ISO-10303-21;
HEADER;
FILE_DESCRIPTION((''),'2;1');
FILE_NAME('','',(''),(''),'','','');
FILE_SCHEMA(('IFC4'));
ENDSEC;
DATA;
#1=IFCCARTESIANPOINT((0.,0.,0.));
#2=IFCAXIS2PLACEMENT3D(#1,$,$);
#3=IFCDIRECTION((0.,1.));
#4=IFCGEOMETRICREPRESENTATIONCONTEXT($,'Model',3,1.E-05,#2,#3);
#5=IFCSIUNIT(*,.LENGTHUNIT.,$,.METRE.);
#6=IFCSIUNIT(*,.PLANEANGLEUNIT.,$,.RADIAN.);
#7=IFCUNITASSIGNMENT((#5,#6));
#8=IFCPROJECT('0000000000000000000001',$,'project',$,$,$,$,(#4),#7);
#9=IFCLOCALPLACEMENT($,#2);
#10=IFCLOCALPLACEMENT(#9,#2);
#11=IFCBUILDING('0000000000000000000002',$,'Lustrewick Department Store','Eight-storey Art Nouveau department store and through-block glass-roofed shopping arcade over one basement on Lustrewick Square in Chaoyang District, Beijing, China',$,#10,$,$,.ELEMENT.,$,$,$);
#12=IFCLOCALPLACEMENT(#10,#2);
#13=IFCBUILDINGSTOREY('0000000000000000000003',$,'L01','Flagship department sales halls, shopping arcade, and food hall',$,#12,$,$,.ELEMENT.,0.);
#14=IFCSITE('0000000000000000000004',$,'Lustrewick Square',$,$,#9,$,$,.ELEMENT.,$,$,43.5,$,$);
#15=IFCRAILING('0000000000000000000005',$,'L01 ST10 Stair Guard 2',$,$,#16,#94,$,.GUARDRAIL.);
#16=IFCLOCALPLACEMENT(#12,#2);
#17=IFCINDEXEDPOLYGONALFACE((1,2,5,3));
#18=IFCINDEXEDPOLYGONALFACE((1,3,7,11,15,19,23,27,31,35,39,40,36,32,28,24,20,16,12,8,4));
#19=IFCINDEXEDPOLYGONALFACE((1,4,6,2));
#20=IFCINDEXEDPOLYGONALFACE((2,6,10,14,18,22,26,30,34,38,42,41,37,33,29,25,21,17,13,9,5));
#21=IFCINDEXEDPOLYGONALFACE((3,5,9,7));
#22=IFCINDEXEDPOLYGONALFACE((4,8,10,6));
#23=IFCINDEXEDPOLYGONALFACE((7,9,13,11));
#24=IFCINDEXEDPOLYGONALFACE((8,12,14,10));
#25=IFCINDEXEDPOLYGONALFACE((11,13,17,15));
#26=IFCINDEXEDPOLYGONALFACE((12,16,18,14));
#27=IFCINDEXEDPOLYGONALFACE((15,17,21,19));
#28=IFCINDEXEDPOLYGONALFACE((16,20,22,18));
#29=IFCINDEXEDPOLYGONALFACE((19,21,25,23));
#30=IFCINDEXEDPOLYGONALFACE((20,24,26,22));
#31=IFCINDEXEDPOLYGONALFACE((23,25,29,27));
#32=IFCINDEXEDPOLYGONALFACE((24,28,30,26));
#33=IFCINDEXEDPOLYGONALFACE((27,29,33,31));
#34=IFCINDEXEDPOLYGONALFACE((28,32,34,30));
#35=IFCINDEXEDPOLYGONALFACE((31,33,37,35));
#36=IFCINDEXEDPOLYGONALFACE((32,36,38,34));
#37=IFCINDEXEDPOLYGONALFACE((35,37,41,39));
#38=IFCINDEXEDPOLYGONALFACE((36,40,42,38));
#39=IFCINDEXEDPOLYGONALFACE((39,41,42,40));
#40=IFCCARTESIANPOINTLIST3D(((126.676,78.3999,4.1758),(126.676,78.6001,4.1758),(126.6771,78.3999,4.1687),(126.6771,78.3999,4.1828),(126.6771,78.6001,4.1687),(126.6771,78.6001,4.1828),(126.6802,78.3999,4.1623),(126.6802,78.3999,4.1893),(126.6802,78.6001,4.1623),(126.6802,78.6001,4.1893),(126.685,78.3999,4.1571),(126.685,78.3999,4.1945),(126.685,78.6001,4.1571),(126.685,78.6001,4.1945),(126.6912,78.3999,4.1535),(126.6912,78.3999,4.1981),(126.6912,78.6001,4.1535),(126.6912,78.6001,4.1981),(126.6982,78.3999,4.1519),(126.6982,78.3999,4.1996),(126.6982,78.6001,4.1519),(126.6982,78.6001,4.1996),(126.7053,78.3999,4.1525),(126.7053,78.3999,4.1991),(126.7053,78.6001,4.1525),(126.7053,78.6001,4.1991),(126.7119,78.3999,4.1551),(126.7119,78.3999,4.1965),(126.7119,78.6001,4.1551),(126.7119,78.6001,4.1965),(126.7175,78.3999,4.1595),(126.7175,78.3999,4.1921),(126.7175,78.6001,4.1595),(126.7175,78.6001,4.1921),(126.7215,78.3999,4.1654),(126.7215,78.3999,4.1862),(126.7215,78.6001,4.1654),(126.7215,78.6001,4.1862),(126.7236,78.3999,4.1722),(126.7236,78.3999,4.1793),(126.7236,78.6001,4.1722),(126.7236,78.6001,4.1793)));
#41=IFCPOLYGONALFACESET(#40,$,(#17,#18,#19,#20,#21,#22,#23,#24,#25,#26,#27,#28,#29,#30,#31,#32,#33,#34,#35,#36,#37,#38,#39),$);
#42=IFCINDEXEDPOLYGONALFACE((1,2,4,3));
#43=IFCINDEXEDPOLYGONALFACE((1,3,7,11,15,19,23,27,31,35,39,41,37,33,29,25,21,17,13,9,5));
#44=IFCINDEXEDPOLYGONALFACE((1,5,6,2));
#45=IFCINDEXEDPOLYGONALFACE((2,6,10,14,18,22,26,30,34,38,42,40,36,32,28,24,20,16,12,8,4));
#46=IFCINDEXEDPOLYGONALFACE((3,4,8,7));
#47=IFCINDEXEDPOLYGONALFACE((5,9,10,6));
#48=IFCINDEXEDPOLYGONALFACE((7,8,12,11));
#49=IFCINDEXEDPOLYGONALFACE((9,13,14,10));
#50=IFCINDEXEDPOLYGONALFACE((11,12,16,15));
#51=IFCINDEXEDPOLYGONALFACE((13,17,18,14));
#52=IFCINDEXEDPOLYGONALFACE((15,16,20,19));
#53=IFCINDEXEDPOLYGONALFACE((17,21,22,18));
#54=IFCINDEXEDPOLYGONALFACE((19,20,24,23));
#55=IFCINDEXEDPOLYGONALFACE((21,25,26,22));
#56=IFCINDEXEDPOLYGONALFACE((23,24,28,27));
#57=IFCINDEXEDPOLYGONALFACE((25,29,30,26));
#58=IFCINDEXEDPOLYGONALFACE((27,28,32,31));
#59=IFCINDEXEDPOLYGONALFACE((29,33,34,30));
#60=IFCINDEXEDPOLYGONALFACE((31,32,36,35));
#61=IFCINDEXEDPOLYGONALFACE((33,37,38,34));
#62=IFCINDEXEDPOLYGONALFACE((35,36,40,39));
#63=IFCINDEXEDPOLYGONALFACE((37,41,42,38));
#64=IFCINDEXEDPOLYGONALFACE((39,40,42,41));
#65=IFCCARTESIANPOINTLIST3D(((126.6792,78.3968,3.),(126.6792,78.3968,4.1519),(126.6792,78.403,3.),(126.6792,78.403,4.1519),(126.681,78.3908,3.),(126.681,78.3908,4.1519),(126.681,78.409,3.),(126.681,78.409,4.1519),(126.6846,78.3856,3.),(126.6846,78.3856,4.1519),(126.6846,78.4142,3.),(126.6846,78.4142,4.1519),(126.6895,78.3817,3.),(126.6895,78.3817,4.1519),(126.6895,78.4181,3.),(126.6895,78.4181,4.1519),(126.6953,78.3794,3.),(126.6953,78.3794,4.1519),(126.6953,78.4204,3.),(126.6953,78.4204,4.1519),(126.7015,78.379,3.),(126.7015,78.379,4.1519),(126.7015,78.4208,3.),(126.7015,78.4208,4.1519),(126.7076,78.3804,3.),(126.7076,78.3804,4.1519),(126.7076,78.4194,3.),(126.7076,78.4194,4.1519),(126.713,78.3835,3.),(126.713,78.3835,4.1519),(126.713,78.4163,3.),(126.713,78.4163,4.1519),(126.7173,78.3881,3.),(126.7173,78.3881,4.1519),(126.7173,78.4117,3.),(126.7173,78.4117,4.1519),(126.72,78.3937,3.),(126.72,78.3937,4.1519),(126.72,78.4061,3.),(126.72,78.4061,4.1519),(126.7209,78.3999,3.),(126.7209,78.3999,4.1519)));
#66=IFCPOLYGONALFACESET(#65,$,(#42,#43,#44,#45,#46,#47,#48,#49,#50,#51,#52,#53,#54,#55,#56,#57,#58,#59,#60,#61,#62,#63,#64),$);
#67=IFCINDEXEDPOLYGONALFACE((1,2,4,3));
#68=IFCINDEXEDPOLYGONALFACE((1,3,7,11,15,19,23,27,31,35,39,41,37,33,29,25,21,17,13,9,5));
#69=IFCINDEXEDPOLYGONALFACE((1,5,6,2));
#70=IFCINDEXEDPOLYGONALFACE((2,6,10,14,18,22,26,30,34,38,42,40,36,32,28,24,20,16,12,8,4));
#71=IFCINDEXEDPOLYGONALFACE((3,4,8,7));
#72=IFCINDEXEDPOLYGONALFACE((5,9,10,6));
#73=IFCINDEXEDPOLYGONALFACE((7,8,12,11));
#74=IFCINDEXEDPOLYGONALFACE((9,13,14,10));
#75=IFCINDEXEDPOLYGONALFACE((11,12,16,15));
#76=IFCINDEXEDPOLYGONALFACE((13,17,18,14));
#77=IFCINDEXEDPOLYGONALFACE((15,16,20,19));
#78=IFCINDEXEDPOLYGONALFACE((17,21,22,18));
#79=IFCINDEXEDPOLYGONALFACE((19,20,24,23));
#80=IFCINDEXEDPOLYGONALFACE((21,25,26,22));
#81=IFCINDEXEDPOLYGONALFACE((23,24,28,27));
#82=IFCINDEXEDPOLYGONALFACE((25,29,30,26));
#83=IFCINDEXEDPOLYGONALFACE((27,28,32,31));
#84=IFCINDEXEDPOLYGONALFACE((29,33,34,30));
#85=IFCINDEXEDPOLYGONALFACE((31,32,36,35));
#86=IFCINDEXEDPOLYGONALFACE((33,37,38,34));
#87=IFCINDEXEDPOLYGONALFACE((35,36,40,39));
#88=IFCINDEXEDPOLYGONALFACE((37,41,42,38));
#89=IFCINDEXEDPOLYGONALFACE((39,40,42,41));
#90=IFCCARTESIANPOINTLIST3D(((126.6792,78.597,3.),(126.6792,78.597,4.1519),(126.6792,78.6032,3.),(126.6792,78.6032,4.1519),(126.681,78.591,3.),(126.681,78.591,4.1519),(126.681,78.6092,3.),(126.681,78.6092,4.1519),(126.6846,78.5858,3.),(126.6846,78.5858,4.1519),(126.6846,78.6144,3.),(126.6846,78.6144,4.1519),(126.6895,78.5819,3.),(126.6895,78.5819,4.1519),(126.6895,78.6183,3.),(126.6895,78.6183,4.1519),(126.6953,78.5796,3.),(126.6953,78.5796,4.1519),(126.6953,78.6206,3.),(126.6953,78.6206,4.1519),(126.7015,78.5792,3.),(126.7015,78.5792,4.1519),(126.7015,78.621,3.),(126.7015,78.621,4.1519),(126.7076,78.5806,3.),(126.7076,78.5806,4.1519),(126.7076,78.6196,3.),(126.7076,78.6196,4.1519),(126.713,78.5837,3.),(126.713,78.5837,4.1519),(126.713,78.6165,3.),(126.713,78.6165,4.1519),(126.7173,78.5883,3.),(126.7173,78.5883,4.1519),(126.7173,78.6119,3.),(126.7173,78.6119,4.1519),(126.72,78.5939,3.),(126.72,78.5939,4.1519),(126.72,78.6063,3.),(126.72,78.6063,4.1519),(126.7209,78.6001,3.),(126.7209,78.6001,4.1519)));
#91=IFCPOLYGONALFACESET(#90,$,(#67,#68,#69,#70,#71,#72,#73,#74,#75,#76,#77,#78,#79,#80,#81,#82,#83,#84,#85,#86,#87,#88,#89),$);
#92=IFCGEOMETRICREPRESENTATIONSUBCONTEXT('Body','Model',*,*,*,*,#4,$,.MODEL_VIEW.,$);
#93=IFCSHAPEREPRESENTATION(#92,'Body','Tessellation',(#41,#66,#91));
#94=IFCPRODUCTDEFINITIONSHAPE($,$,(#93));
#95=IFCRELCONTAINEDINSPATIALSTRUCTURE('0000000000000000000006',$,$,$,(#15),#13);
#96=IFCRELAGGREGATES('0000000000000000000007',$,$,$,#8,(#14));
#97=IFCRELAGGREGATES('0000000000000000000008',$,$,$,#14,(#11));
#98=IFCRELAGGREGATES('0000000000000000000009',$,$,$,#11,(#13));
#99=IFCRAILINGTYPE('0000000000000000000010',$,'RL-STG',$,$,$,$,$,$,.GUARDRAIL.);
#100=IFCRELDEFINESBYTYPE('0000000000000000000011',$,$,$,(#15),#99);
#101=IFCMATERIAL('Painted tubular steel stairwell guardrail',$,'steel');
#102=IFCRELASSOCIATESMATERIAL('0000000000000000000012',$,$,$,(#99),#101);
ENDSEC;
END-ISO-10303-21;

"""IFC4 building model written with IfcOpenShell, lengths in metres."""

from ifc_helpers import new_model, si_unit, direction, frame, origin, origin_2d, place, context, subcontext, project, spatial, circle, extrude, material, type_object, element, save


model = new_model("IFC4")

# Units and contexts
model_context = context("Model", 3, precision=1e-05, world=origin(), true_north=direction((0.0, 1.0)))
body_context = subcontext(model_context, "Body", "Model", "MODEL_VIEW")
ifc_project = project(units=[si_unit("LENGTHUNIT", "METRE"), si_unit("PLANEANGLEUNIT", "RADIAN")], contexts=[model_context])

# Site, building, storey
site_placement = place(None, origin())
site = spatial("IfcSite", under=ifc_project, at=site_placement, Name="Lustrewick Square", CompositionType="ELEMENT", RefElevation=43.5)
building_placement = place(site_placement, origin())
building = spatial("IfcBuilding", under=site, at=building_placement, Name="Lustrewick Department Store", Description="Eight-storey Art Nouveau department store and through-block glass-roofed shopping arcade over one basement on Lustrewick Square in Chaoyang District, Beijing, China", CompositionType="ELEMENT")
storey_placement = place(building_placement, origin())
storey = spatial("IfcBuildingStorey", under=building, at=storey_placement, Name="L01", Description="Flagship department sales halls, shopping arcade, and food hall", CompositionType="ELEMENT", Elevation=0.0)

# Railing
ifc_material_1 = material(Name="Painted tubular steel stairwell guardrail", Category="steel")
railing_type_1 = type_object("IfcRailingType", Name="RL-STG", PredefinedType="GUARDRAIL", material=ifc_material_1)
railing_1_placement = place(storey_placement, frame((126.7, 78.3999, 3.0)))
element("IfcRailing", 1, at=railing_1_placement, inside=storey, type_object=railing_type_1, Name="L01 ST10 Stair Guard 2", PredefinedType="GUARDRAIL", context=body_context, shape_type="SweptSolid", body=[
    extrude(circle(Radius=0.0239, at=origin_2d()), frame((0.0, 0.0, 1.1758), z_axis=(0.0, 1.0, 0.0), x_axis=(-1.0, 0.0, 0.0)), (0.0, 0.0, 1.0), 0.2002),
    extrude(circle(Radius=0.021, at=origin_2d()), origin(), (0.0, 0.0, 1.0), 1.1519),
    extrude(circle(Radius=0.021, at=origin_2d()), frame((0.0, 0.2002, 0.0)), (0.0, 0.0, 1.0), 1.1519),
])

save(model, "model.ifc")
